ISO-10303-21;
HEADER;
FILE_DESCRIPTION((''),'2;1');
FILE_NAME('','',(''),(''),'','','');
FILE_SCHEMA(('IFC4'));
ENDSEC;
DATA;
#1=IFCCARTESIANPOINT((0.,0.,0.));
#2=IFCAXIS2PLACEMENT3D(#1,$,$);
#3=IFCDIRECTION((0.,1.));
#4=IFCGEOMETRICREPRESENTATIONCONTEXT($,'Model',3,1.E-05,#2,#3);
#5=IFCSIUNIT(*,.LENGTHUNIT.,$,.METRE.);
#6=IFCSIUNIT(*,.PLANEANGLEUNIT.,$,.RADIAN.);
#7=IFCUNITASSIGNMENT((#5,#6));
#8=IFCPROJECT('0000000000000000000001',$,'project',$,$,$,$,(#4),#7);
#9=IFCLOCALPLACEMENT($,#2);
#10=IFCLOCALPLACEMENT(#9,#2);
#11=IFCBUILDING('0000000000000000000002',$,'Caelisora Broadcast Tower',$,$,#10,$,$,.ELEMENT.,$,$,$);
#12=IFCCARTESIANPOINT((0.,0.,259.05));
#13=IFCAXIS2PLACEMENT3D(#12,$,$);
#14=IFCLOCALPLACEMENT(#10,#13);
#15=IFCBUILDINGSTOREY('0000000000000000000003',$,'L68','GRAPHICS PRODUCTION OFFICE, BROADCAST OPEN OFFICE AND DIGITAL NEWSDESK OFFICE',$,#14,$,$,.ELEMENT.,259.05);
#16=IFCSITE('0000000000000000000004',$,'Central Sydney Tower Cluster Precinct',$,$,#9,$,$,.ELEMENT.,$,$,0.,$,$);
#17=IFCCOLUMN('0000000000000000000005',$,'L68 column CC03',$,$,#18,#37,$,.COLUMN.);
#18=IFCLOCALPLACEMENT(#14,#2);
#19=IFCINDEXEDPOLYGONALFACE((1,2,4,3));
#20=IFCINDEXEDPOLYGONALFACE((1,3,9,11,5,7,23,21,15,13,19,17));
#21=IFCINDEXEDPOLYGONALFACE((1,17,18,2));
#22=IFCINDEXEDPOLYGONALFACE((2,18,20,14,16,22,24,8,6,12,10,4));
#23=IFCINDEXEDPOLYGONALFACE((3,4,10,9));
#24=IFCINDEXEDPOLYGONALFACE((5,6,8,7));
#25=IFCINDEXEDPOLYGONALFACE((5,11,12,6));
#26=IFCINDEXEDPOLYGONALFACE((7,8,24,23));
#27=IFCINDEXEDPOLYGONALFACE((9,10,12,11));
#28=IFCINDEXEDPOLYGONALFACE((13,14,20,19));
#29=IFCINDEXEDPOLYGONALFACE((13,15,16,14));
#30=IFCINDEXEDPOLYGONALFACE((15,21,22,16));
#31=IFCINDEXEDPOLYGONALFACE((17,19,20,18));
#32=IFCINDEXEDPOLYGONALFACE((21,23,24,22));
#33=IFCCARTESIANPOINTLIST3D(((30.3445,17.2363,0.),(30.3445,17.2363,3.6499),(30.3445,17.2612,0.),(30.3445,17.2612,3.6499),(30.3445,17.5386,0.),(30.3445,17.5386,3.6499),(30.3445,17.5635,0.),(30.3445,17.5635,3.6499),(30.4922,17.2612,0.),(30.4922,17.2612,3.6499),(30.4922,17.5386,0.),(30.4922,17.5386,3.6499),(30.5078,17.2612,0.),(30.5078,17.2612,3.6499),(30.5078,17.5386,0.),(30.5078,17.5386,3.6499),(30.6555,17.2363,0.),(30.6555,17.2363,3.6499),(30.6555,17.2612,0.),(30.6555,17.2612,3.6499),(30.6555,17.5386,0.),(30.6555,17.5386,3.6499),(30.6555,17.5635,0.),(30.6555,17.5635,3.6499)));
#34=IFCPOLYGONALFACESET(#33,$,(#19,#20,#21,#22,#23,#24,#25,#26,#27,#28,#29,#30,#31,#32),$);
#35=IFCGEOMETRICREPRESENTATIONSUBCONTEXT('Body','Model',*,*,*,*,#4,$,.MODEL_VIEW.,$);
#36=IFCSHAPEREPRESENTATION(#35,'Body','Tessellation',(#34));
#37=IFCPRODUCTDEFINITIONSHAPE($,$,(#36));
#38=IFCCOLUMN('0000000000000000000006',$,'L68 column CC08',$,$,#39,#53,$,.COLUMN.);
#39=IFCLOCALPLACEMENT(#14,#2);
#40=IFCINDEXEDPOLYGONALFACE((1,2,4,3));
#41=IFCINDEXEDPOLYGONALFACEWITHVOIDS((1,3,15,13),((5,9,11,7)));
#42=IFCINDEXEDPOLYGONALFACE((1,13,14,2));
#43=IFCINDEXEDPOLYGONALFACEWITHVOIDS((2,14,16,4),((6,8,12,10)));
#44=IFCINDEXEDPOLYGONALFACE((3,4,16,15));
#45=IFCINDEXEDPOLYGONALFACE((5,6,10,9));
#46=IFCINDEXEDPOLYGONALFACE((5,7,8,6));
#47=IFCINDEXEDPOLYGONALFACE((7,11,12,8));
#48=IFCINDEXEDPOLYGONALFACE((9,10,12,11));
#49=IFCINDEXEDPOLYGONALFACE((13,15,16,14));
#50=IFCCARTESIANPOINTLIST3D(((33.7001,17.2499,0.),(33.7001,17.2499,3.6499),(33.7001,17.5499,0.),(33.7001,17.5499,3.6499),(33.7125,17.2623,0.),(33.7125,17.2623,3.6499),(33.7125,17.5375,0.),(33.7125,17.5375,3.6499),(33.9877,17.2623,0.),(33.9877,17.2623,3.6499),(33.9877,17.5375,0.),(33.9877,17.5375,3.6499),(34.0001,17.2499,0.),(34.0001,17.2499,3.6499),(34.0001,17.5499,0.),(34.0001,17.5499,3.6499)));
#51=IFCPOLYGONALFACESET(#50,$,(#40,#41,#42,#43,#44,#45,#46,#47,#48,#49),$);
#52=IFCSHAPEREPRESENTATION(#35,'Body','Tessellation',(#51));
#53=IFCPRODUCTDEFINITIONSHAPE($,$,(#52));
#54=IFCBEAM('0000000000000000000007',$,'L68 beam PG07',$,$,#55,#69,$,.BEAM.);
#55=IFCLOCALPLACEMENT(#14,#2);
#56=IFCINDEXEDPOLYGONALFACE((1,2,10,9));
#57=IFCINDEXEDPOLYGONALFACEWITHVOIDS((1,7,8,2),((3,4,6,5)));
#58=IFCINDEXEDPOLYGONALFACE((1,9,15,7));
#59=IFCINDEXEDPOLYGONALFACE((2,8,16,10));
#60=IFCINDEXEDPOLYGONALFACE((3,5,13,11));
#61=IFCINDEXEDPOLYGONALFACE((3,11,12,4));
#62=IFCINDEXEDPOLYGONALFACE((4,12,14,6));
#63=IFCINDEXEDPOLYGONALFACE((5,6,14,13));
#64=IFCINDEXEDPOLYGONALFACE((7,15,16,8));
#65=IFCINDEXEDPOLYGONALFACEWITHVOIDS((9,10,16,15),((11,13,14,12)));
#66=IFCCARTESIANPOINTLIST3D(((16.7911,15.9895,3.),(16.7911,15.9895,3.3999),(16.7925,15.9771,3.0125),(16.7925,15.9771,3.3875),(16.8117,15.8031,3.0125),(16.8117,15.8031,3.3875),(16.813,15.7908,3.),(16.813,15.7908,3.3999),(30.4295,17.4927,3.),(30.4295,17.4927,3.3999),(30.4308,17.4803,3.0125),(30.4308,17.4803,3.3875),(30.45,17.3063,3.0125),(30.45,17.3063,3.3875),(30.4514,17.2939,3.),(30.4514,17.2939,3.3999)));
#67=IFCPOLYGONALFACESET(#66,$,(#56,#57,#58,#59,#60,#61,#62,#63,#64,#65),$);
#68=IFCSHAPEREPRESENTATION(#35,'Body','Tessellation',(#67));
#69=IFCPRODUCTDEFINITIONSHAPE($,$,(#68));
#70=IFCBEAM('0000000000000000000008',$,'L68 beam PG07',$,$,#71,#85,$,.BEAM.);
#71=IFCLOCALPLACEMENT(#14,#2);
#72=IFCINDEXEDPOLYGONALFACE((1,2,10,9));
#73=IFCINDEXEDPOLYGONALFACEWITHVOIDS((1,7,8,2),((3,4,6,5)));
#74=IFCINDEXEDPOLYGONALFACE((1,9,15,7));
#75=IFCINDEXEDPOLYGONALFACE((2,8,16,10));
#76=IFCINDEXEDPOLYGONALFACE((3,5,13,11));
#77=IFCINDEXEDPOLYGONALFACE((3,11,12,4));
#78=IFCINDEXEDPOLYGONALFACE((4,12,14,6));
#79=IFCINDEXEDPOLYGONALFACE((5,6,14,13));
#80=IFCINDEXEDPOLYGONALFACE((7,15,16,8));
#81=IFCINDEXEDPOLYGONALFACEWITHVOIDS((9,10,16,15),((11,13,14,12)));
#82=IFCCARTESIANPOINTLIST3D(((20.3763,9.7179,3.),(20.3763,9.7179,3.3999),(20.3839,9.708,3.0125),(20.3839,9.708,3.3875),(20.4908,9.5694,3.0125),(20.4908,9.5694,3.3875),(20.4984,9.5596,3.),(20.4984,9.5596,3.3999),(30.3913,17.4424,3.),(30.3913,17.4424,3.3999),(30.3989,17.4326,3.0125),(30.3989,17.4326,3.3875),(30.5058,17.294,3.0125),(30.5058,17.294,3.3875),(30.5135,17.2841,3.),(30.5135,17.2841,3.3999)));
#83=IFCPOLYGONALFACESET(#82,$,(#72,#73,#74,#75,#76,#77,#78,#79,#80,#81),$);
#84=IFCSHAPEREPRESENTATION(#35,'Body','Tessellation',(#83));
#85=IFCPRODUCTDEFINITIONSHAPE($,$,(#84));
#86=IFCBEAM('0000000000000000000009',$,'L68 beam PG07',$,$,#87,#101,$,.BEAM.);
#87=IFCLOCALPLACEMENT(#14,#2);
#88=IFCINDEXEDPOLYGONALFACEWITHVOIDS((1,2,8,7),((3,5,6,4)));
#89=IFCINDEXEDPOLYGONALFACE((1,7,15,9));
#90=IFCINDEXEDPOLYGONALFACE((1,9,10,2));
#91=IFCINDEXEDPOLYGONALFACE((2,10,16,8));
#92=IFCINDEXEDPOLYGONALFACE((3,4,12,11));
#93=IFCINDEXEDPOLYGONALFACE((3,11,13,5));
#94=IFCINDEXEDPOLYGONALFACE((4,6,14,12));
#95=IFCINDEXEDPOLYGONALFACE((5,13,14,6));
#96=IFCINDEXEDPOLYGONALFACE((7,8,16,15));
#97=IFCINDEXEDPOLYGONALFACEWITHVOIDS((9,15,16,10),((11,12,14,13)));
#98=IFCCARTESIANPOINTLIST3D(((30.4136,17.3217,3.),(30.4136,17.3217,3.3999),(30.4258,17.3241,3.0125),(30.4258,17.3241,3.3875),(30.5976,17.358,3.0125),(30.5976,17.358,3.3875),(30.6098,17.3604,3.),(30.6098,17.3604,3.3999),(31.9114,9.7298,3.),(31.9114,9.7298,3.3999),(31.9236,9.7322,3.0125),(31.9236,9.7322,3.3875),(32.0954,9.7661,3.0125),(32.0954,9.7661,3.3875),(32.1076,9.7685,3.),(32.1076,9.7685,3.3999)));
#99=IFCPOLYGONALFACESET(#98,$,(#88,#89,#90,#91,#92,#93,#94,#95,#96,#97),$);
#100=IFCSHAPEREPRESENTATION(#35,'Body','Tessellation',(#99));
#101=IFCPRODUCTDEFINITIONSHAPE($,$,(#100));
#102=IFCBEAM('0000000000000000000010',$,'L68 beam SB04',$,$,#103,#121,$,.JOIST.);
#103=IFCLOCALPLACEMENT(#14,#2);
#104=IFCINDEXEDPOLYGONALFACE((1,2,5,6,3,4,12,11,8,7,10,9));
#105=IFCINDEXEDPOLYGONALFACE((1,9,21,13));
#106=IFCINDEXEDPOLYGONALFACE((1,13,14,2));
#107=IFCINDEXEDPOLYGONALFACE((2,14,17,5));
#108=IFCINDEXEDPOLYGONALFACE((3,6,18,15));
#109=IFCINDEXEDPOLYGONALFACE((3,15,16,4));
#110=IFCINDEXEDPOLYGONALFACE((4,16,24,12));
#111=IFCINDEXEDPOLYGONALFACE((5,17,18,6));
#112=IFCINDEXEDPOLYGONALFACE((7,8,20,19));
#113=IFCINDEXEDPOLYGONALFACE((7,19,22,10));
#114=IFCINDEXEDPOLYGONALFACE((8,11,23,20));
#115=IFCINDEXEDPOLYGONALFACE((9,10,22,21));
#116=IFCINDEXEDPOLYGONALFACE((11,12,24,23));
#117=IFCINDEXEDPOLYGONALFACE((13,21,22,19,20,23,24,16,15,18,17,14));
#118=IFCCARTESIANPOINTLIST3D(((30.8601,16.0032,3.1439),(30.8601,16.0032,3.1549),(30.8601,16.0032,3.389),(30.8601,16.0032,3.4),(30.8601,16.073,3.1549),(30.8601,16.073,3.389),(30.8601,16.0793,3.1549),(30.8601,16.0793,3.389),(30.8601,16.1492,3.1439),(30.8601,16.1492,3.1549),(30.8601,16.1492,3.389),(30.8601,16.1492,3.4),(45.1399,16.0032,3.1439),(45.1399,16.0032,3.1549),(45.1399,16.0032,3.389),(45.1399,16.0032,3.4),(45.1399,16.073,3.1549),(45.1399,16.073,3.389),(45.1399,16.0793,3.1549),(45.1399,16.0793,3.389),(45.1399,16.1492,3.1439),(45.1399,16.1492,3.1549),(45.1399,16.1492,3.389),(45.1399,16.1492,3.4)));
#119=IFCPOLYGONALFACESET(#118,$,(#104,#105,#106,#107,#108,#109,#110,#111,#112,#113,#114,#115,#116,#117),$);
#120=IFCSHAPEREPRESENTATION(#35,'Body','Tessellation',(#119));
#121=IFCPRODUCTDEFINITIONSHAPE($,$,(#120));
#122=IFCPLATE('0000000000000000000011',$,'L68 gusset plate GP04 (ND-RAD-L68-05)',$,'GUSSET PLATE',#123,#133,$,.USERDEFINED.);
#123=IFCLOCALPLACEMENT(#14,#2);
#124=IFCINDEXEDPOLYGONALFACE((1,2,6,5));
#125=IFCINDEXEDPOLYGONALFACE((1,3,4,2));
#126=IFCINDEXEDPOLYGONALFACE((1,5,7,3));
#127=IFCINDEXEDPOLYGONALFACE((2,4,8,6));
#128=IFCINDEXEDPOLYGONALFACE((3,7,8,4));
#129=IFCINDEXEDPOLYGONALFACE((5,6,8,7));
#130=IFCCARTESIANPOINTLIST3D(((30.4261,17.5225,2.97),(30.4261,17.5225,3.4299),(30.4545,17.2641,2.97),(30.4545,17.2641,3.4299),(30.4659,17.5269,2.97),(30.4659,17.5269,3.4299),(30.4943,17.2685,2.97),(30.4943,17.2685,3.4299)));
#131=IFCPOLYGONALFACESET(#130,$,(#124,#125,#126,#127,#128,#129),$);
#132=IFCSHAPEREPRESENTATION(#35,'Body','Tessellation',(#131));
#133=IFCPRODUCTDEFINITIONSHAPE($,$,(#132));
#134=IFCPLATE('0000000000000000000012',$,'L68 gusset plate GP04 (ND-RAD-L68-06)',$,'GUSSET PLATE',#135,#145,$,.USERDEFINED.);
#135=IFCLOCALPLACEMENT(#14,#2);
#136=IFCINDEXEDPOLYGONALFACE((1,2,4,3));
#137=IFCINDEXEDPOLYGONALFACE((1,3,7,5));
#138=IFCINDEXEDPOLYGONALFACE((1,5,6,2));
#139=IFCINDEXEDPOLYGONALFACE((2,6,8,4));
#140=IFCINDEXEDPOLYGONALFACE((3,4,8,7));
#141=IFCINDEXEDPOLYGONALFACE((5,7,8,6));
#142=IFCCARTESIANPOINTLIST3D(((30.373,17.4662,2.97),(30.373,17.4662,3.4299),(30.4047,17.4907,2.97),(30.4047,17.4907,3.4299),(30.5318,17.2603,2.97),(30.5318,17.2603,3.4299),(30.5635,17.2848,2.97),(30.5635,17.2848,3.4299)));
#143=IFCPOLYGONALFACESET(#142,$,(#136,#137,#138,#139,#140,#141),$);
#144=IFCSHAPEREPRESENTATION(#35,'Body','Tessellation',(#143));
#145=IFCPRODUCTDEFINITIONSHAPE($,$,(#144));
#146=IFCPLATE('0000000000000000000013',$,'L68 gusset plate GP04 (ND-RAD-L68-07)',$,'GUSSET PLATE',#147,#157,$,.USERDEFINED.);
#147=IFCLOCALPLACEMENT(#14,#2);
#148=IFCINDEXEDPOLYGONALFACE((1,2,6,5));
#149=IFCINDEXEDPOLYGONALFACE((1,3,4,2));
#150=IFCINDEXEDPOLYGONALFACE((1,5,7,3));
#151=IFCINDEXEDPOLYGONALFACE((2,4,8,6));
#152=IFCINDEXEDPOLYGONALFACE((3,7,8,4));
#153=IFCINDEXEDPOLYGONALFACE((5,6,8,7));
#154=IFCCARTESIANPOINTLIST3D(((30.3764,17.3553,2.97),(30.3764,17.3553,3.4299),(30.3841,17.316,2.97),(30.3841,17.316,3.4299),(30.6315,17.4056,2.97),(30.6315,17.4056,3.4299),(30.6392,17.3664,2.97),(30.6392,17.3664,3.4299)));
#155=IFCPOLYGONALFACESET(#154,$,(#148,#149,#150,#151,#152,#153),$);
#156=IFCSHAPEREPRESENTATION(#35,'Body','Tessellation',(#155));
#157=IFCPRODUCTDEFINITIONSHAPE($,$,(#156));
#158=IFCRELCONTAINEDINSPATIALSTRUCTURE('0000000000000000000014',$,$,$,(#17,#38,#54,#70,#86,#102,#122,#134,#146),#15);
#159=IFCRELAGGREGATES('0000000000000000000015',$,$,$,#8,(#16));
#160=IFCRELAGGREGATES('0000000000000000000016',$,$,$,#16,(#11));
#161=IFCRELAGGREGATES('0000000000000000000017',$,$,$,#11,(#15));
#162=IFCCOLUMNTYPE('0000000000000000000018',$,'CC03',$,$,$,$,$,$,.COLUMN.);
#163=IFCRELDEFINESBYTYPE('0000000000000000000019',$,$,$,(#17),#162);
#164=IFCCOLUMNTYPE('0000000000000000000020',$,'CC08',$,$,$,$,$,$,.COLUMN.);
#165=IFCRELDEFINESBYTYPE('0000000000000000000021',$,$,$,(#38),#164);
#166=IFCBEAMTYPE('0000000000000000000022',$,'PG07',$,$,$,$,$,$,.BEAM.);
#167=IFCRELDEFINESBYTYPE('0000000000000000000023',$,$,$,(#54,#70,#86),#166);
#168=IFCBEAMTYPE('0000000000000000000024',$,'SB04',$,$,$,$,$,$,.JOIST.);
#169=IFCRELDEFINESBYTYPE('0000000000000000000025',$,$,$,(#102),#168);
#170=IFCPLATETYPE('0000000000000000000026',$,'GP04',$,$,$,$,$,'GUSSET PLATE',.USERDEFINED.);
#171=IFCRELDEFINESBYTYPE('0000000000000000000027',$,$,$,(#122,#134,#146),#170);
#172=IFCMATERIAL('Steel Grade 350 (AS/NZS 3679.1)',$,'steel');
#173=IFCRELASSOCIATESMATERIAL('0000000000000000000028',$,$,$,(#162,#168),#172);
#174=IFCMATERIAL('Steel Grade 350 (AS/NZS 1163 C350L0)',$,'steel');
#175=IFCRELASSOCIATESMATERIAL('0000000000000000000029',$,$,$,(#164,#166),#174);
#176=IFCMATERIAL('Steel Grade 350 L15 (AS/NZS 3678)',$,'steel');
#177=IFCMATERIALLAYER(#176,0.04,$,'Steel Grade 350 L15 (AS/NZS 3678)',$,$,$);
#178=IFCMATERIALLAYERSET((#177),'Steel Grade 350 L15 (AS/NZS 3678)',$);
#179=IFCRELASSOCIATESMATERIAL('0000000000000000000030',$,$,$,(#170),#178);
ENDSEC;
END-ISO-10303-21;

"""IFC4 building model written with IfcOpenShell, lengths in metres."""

from ifc_helpers import new_model, si_unit, direction, frame, origin, origin_2d, place, context, subcontext, project, spatial, rectangle, hollow_rectangle, i_section, extrude, source, transform, mapped, material, layer, layer_set, material_profile, profile_set, type_object, type_shapes, element, save


model = new_model("IFC4")

# Units and contexts
model_context = context("Model", 3, precision=1e-05, world=origin(), true_north=direction((0.0, 1.0)))
body_context = subcontext(model_context, "Body", "Model", "MODEL_VIEW")
ifc_project = project(units=[si_unit("LENGTHUNIT", "METRE"), si_unit("PLANEANGLEUNIT", "RADIAN")], contexts=[model_context])

# Site, building, storey
site_placement = place(None, origin())
site = spatial("IfcSite", under=ifc_project, at=site_placement, Name="Central Sydney Tower Cluster Precinct", CompositionType="ELEMENT", RefElevation=0.0)
building_placement = place(site_placement, origin())
building = spatial("IfcBuilding", under=site, at=building_placement, Name="Caelisora Broadcast Tower", CompositionType="ELEMENT")
storey_placement = place(building_placement, frame((0.0, 0.0, 259.05)))
storey = spatial("IfcBuildingStorey", under=building, at=storey_placement, Name="L68", Description="GRAPHICS PRODUCTION OFFICE, BROADCAST OPEN OFFICE AND DIGITAL NEWSDESK OFFICE", CompositionType="ELEMENT", Elevation=259.05)

# Columns
ifc_material_1 = material(Name="Steel Grade 350 (AS/NZS 3679.1)", Category="steel")
ifc_material_profile_1 = material_profile(ifc_material_1, i_section(OverallWidth=0.311, OverallDepth=0.3271, WebThickness=0.0156, FlangeThickness=0.0249, at=origin_2d()), Name="Steel Grade 350 (AS/NZS 3679.1)")
ifc_profile_set_1 = profile_set([ifc_material_profile_1], Name="Steel Grade 350 (AS/NZS 3679.1)")
column_type_1 = type_object("IfcColumnType", Name="CC03", PredefinedType="COLUMN", material=ifc_profile_set_1)
shared_shape_1 = source(origin(), body_context, "Body", "SweptSolid", [
    extrude(i_section(OverallWidth=0.311, OverallDepth=0.3271, WebThickness=0.0156, FlangeThickness=0.0249, at=origin_2d()), origin(), (0.0, 0.0, 1.0), 3.6499),
])
type_shapes(column_type_1, [shared_shape_1])
column_1_placement = place(storey_placement, frame((30.5, 17.3999, 0.0), z_axis=(0.0, 0.0, 1.0), x_axis=(1.0, 0.0, 0.0)))
element("IfcColumn", 1, at=column_1_placement, inside=storey, type_object=column_type_1, Name="L68 column CC03", PredefinedType="COLUMN", context=body_context, shape_type="MappedRepresentation", body=[
    mapped(shared_shape_1, transform((0.0, 0.0, 0.0), scale=1.0)),
])
ifc_material_2 = material(Name="Steel Grade 350 (AS/NZS 1163 C350L0)", Category="steel")
ifc_material_profile_2 = material_profile(ifc_material_2, hollow_rectangle(XDim=0.3, YDim=0.3, WallThickness=0.0125, at=origin_2d()), Name="Steel Grade 350 (AS/NZS 1163 C350L0)")
ifc_profile_set_2 = profile_set([ifc_material_profile_2], Name="Steel Grade 350 (AS/NZS 1163 C350L0)")
column_type_2 = type_object("IfcColumnType", Name="CC08", PredefinedType="COLUMN", material=ifc_profile_set_2)
shared_shape_2 = source(origin(), body_context, "Body", "SweptSolid", [
    extrude(hollow_rectangle(XDim=0.3, YDim=0.3, WallThickness=0.0125, at=origin_2d()), origin(), (0.0, 0.0, 1.0), 3.6499),
])
type_shapes(column_type_2, [shared_shape_2])
column_2_placement = place(storey_placement, frame((33.8501, 17.3999, 0.0), z_axis=(0.0, 0.0, 1.0), x_axis=(1.0, 0.0, 0.0)))
element("IfcColumn", 2, at=column_2_placement, inside=storey, type_object=column_type_2, Name="L68 column CC08", PredefinedType="COLUMN", context=body_context, shape_type="MappedRepresentation", body=[
    mapped(shared_shape_2, transform((0.0, 0.0, 0.0), scale=1.0)),
])

# Beams
ifc_material_profile_3 = material_profile(ifc_material_2, hollow_rectangle(XDim=0.2, YDim=0.3999, WallThickness=0.0125, at=origin_2d()), Name="Steel Grade 350 (AS/NZS 1163 C350L0)")
ifc_profile_set_3 = profile_set([ifc_material_profile_3], Name="Steel Grade 350 (AS/NZS 1163 C350L0)")
beam_type_1 = type_object("IfcBeamType", Name="PG07", PredefinedType="BEAM", material=ifc_profile_set_3)
shared_shape_3 = source(origin(), body_context, "Body", "SweptSolid", [
    extrude(hollow_rectangle(XDim=0.2, YDim=0.3999, WallThickness=0.0125, at=origin_2d()), origin(), (0.0, 0.0, 1.0), 13.7209),
])
beam_1_placement = place(storey_placement, frame((30.4404, 17.3933, 3.2), z_axis=(-0.993981, -0.109553, 0.0), x_axis=(0.109553, -0.993981, 0.0)))
element("IfcBeam", 3, at=beam_1_placement, inside=storey, type_object=beam_type_1, Name="L68 beam PG07", PredefinedType="BEAM", context=body_context, shape_type="MappedRepresentation", body=[
    mapped(shared_shape_3, transform((0.0, 0.0, 0.0), scale=1.0)),
])
shared_shape_4 = source(origin(), body_context, "Body", "SweptSolid", [
    extrude(hollow_rectangle(XDim=0.2, YDim=0.3999, WallThickness=0.0125, at=origin_2d()), origin(), (0.0, 0.0, 1.0), 12.6479),
])
beam_2_placement = place(storey_placement, frame((30.4524, 17.3633, 3.2), z_axis=(-0.791834, -0.610736, 0.0), x_axis=(0.610736, -0.791834, 0.0)))
element("IfcBeam", 4, at=beam_2_placement, inside=storey, type_object=beam_type_1, Name="L68 beam PG07", PredefinedType="BEAM", context=body_context, shape_type="MappedRepresentation", body=[
    mapped(shared_shape_4, transform((0.0, 0.0, 0.0), scale=1.0)),
])
shared_shape_5 = source(origin(), body_context, "Body", "SweptSolid", [
    extrude(hollow_rectangle(XDim=0.2, YDim=0.3999, WallThickness=0.0125, at=origin_2d()), origin(), (0.0, 0.0, 1.0), 7.7383),
])
type_shapes(beam_type_1, [shared_shape_3, shared_shape_4, shared_shape_5])
beam_3_placement = place(storey_placement, frame((30.5117, 17.3411, 3.2), z_axis=(0.193555, -0.981089, 0.0), x_axis=(0.981089, 0.193555, 0.0)))
element("IfcBeam", 5, at=beam_3_placement, inside=storey, type_object=beam_type_1, Name="L68 beam PG07", PredefinedType="BEAM", context=body_context, shape_type="MappedRepresentation", body=[
    mapped(shared_shape_5, transform((0.0, 0.0, 0.0), scale=1.0)),
])
ifc_material_profile_4 = material_profile(ifc_material_1, i_section(OverallWidth=0.146, OverallDepth=0.2561, WebThickness=0.0063, FlangeThickness=0.011, at=origin_2d()), Name="Steel Grade 350 (AS/NZS 3679.1)")
ifc_profile_set_4 = profile_set([ifc_material_profile_4], Name="Steel Grade 350 (AS/NZS 3679.1)")
beam_type_2 = type_object("IfcBeamType", Name="SB04", PredefinedType="JOIST", material=ifc_profile_set_4)
shared_shape_6 = source(origin(), body_context, "Body", "SweptSolid", [
    extrude(i_section(OverallWidth=0.146, OverallDepth=0.2561, WebThickness=0.0063, FlangeThickness=0.011, at=origin_2d()), origin(), (0.0, 0.0, 1.0), 14.2798),
])
type_shapes(beam_type_2, [shared_shape_6])
beam_4_placement = place(storey_placement, frame((30.8601, 16.0762, 3.272), z_axis=(1.0, 0.0, 0.0), x_axis=(0.0, 1.0, 0.0)))
element("IfcBeam", 6, at=beam_4_placement, inside=storey, type_object=beam_type_2, Name="L68 beam SB04", PredefinedType="JOIST", context=body_context, shape_type="MappedRepresentation", body=[
    mapped(shared_shape_6, transform((0.0, 0.0, 0.0), scale=1.0)),
])

# Plates
ifc_material_3 = material(Name="Steel Grade 350 L15 (AS/NZS 3678)", Category="steel")
ifc_layer_1 = layer(ifc_material_3, 0.04, Name="Steel Grade 350 L15 (AS/NZS 3678)")
ifc_layer_set_1 = layer_set([ifc_layer_1], Name="Steel Grade 350 L15 (AS/NZS 3678)")
plate_type = type_object("IfcPlateType", Name="GP04", ElementType="GUSSET PLATE", PredefinedType="USERDEFINED", material=ifc_layer_set_1)
shared_shape_7 = source(origin(), body_context, "Body", "SweptSolid", [
    extrude(rectangle(XDim=0.26, YDim=0.04, at=origin_2d()), origin(), (0.0, 0.0, 1.0), 0.46),
])
type_shapes(plate_type, [shared_shape_7])
for number, where, z_axis, x_axis, name in (
    (7, (30.4602, 17.3955, 2.97), (0.0, 0.0, 1.0), (0.109561, -0.99398, 0.0), "L68 gusset plate GP04 (ND-RAD-L68-05)"),
    (8, (30.4683, 17.3755, 2.97), (0.0, 0.0, 1.0), (0.610698, -0.791863, 0.0), "L68 gusset plate GP04 (ND-RAD-L68-06)"),
    (9, (30.5078, 17.3608, 2.97), (0.0, 0.0, 1.0), (0.981091, 0.193549, 0.0), "L68 gusset plate GP04 (ND-RAD-L68-07)"),
):
    element("IfcPlate", number, at=place(storey_placement, frame(where, z_axis=z_axis, x_axis=x_axis)), inside=storey, type_object=plate_type, Name=name, ObjectType="GUSSET PLATE", PredefinedType="USERDEFINED", context=body_context, shape_type="MappedRepresentation", body=[
        mapped(shared_shape_7, transform((0.0, 0.0, 0.0), scale=1.0)),
    ])

save(model, "model.ifc")
